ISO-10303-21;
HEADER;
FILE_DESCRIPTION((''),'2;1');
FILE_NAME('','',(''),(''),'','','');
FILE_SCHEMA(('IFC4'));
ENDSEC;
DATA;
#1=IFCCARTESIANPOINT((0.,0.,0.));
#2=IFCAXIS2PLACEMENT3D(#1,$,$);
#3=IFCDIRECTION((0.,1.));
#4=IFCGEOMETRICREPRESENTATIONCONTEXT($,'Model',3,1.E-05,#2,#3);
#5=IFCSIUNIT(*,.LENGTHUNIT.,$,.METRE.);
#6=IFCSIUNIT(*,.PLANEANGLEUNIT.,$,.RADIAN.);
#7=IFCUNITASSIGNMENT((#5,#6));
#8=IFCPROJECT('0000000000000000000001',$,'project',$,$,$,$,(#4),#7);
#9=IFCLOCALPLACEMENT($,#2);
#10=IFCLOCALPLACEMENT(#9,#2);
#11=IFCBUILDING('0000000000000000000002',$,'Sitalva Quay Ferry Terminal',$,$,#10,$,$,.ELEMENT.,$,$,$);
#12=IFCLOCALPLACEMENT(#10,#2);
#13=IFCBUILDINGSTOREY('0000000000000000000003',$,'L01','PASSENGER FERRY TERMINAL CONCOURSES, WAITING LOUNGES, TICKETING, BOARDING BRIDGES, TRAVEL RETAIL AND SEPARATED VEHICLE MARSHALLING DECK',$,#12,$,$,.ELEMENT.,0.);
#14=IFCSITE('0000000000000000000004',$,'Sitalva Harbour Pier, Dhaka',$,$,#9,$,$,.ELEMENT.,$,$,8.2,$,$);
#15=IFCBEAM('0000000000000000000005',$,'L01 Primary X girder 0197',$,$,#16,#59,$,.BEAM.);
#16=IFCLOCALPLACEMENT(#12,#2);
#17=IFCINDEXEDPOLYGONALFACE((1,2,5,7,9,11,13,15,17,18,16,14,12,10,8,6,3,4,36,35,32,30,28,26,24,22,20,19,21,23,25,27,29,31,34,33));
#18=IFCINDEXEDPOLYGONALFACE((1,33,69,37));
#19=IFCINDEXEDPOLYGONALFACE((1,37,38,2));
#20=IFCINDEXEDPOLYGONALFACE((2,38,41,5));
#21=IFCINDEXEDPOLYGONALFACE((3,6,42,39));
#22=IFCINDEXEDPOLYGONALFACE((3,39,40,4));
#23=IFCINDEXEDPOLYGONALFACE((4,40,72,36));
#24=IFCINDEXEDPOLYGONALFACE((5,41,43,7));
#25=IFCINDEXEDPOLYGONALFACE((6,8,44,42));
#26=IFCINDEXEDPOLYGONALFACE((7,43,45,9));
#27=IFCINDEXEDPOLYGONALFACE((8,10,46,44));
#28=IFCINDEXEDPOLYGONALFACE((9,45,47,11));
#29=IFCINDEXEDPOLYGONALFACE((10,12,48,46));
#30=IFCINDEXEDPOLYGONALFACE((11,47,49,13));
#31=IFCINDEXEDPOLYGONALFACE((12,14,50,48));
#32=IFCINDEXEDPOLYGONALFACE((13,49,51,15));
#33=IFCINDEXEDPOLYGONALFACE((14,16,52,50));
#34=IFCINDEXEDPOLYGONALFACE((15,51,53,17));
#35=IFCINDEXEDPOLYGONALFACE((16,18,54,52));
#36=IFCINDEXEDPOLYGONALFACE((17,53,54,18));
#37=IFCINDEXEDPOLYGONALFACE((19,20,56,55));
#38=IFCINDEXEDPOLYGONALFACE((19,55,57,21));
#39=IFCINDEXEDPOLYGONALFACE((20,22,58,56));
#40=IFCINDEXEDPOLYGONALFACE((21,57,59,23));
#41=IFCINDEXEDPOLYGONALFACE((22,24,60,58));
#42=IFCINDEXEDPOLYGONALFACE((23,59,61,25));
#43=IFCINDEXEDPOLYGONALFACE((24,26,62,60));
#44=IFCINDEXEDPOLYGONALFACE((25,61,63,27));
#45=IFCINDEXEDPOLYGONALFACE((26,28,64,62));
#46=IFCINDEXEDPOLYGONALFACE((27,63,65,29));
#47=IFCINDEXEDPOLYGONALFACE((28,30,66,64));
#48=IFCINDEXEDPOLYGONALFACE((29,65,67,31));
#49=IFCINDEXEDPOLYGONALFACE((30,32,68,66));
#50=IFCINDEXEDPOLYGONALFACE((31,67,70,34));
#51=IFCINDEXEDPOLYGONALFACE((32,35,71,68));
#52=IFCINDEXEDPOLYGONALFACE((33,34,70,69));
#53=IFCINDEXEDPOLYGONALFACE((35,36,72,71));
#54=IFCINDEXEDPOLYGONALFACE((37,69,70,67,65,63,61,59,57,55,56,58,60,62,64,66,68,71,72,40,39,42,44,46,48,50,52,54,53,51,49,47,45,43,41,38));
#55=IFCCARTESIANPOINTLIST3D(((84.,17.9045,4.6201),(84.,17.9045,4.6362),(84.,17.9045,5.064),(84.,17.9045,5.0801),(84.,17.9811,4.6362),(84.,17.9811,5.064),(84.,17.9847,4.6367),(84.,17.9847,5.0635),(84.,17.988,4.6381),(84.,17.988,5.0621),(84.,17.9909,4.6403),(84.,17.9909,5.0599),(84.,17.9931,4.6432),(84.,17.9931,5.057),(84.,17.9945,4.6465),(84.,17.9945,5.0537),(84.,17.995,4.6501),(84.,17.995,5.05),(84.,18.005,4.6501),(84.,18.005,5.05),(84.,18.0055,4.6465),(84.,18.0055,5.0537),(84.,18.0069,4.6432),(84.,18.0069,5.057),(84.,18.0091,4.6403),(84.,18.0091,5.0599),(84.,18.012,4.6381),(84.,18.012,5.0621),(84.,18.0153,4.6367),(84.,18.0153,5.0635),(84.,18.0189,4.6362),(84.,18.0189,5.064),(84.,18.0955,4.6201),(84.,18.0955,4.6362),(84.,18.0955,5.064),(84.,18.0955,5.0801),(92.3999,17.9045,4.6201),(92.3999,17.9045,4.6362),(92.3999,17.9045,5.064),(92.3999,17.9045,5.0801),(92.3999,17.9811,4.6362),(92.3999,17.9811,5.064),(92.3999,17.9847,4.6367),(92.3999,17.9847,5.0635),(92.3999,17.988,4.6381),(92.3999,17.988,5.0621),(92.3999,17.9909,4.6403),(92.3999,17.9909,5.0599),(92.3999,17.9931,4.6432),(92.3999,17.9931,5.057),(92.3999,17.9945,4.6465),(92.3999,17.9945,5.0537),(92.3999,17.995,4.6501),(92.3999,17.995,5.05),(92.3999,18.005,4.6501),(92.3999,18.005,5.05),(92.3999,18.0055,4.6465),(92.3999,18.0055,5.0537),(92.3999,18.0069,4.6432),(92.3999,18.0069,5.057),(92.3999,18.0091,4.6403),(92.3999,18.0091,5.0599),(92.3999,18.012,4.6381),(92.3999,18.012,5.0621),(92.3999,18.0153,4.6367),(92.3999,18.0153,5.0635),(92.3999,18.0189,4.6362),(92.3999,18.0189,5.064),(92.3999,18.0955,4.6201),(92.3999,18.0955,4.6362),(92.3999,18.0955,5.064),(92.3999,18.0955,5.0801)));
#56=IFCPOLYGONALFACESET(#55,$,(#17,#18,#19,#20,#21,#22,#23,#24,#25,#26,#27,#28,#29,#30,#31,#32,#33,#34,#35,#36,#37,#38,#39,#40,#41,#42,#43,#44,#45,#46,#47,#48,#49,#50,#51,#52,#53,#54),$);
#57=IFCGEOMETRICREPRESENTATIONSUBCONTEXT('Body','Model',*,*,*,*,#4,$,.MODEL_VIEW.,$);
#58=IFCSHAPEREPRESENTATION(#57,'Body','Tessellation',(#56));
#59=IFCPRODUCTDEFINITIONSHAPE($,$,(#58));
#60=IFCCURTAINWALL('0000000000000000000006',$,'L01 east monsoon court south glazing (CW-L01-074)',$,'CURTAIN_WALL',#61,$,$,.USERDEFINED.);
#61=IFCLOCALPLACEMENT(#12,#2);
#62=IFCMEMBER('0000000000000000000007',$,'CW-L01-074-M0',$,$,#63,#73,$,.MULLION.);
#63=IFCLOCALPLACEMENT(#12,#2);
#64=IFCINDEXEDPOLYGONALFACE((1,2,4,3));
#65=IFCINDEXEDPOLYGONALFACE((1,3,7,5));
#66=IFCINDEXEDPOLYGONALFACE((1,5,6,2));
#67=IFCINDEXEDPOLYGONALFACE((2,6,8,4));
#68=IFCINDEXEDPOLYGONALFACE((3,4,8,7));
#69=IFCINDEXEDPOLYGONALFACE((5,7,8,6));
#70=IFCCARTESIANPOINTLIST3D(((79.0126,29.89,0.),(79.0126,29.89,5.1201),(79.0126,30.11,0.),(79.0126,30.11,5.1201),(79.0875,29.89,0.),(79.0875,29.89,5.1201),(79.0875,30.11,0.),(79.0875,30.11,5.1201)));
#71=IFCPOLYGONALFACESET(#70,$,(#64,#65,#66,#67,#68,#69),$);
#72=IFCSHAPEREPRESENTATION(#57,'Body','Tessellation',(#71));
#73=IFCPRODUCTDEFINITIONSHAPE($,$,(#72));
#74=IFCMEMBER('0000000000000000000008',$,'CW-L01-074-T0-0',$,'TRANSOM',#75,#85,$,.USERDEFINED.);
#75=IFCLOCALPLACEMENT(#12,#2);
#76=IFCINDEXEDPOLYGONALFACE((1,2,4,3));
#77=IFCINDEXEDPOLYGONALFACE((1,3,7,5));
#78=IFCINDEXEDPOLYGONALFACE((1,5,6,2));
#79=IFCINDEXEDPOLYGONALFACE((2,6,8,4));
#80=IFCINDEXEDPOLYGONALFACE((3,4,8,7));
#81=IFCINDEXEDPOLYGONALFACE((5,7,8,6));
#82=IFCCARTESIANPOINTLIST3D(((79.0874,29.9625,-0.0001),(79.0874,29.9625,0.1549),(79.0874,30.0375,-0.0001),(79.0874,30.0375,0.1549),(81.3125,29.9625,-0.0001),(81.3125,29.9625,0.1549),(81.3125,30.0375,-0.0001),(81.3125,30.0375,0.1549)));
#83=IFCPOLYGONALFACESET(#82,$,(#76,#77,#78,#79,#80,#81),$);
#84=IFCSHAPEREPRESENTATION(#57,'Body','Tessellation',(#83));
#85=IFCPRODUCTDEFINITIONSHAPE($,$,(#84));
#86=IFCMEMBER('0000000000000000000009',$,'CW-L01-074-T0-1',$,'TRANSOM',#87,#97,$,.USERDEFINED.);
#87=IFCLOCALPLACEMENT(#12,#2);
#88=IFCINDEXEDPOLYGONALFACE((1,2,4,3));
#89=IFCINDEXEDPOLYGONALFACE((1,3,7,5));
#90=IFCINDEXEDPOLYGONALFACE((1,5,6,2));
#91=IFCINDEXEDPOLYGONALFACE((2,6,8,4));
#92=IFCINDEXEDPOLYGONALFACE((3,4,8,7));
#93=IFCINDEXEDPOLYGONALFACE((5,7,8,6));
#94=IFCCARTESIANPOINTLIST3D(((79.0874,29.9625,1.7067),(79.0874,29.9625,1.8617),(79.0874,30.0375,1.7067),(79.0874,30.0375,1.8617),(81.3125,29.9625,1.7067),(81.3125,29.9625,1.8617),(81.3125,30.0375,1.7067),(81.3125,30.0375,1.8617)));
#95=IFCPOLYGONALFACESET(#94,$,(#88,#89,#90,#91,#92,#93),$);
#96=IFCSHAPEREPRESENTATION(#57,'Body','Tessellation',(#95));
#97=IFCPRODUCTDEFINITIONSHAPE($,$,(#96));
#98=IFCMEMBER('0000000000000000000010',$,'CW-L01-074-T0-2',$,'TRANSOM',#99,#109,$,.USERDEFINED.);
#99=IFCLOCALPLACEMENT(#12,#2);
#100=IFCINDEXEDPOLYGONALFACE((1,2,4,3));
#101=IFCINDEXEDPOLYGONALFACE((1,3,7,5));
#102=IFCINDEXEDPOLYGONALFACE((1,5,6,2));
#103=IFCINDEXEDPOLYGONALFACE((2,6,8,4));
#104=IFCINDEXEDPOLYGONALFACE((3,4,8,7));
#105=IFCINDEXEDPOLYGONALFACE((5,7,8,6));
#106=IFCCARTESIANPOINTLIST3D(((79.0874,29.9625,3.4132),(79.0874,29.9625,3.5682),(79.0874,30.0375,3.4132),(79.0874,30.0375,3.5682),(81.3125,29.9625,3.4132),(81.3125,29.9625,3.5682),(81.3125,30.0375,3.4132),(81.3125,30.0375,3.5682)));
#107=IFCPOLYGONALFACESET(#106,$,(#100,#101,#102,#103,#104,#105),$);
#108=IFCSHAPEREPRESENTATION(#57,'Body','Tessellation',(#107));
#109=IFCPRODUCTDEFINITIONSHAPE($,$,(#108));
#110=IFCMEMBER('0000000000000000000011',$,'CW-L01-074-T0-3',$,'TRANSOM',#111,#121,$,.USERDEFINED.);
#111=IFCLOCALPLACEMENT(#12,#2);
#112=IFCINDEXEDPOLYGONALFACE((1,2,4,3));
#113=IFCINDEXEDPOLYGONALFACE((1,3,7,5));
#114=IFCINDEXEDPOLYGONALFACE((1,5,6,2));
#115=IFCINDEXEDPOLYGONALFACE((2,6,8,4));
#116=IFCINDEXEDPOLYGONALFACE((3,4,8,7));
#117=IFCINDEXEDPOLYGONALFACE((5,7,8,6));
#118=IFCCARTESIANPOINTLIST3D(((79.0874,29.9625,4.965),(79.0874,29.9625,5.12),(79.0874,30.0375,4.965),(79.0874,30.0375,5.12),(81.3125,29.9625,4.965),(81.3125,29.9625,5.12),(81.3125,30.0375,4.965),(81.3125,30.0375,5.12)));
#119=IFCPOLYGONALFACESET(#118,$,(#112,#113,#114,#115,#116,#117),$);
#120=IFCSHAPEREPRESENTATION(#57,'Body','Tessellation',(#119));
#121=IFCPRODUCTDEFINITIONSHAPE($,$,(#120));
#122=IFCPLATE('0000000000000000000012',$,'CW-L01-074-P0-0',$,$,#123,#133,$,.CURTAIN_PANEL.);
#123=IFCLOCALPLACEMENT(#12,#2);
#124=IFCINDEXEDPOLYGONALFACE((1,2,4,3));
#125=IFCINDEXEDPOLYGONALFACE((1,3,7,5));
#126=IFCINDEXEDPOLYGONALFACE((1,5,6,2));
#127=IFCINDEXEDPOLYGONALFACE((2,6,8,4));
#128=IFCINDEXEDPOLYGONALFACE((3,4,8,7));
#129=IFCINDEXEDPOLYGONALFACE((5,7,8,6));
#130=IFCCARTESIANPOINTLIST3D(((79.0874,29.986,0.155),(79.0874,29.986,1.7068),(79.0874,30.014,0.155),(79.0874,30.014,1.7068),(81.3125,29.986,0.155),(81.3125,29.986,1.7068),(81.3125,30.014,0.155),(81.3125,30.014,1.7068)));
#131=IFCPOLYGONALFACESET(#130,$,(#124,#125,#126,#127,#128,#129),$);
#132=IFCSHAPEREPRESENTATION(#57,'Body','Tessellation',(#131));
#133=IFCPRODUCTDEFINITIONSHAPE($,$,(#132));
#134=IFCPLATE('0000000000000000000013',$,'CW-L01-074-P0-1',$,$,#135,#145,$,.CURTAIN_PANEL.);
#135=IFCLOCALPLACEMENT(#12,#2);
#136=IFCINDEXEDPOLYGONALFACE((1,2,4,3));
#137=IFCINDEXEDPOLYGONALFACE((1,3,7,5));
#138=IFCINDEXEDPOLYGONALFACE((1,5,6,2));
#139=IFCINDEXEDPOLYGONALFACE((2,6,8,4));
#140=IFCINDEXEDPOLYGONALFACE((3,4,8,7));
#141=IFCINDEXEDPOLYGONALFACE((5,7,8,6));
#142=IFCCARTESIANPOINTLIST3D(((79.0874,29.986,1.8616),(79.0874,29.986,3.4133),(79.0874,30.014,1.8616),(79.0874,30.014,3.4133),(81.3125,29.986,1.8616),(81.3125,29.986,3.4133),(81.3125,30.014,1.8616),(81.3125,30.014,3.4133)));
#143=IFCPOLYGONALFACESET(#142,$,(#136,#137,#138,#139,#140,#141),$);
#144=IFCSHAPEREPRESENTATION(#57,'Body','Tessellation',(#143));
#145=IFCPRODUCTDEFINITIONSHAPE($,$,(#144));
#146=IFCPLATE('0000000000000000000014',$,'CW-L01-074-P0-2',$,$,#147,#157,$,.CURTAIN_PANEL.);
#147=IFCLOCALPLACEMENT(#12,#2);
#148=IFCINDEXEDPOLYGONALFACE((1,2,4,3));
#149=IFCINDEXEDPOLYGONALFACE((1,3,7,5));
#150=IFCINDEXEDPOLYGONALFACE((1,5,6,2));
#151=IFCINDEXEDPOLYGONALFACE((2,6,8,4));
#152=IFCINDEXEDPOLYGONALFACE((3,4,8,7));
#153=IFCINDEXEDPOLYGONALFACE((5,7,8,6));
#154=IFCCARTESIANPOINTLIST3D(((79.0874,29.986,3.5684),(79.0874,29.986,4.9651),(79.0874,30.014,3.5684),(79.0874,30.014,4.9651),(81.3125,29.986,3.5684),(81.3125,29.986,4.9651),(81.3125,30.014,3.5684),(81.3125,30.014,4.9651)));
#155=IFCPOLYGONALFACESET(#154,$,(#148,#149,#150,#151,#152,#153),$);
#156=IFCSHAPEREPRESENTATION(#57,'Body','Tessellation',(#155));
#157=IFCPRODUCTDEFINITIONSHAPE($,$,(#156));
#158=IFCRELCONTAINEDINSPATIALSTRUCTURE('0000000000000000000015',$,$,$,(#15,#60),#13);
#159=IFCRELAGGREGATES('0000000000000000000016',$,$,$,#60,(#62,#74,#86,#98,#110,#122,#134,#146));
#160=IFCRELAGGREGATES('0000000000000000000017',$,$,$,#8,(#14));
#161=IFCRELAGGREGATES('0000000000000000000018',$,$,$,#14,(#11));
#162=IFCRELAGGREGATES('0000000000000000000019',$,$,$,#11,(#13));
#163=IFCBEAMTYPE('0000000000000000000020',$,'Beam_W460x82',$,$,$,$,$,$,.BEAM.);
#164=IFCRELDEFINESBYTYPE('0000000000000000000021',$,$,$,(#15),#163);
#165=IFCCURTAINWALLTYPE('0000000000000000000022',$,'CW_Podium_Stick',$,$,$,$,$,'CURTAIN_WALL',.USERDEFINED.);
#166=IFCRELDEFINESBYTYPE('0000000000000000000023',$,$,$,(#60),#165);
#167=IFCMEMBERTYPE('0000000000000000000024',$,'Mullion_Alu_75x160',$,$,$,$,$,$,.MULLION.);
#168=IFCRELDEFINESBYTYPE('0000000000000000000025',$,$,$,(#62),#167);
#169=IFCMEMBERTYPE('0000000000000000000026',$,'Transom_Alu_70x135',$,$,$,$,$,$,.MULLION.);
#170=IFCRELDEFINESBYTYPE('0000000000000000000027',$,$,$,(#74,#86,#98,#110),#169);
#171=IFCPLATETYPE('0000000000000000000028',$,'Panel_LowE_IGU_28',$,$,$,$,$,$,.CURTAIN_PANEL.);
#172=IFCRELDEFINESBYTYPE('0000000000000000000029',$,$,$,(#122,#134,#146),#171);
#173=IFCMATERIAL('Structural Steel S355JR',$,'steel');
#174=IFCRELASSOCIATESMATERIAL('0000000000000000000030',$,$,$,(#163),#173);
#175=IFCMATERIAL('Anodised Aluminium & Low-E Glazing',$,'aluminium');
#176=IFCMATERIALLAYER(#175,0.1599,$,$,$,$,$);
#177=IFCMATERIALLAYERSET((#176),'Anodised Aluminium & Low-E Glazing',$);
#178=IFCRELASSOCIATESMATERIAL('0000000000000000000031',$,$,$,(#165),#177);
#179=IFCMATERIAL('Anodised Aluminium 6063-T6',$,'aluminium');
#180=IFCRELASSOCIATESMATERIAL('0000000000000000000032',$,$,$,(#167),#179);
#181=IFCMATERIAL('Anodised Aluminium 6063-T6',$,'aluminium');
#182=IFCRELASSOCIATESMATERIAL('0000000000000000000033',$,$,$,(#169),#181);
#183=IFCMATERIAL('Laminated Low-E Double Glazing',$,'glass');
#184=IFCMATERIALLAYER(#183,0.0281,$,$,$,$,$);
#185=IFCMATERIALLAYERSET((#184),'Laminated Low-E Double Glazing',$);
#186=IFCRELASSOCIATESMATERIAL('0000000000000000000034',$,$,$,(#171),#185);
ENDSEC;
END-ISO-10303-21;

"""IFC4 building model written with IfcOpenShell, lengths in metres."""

from ifc_helpers import new_model, si_unit, direction, frame, origin, origin_2d, place, context, subcontext, project, spatial, rectangle, i_section, extrude, material, layer, layer_set, material_profile, profile_set, type_object, element, aggregate, save


model = new_model("IFC4")

# Units and contexts
model_context = context("Model", 3, precision=1e-05, world=origin(), true_north=direction((0.0, 1.0)))
body_context = subcontext(model_context, "Body", "Model", "MODEL_VIEW")
ifc_project = project(units=[si_unit("LENGTHUNIT", "METRE"), si_unit("PLANEANGLEUNIT", "RADIAN")], contexts=[model_context])

# Site, building, storey
site_placement = place(None, origin())
site = spatial("IfcSite", under=ifc_project, at=site_placement, Name="Sitalva Harbour Pier, Dhaka", CompositionType="ELEMENT", RefElevation=8.2)
building_placement = place(site_placement, origin())
building = spatial("IfcBuilding", under=site, at=building_placement, Name="Sitalva Quay Ferry Terminal", CompositionType="ELEMENT")
storey_placement = place(building_placement, origin())
storey = spatial("IfcBuildingStorey", under=building, at=storey_placement, Name="L01", Description="PASSENGER FERRY TERMINAL CONCOURSES, WAITING LOUNGES, TICKETING, BOARDING BRIDGES, TRAVEL RETAIL AND SEPARATED VEHICLE MARSHALLING DECK", CompositionType="ELEMENT", Elevation=0.0)

# Beam
ifc_material_1 = material(Name="Structural Steel S355JR", Category="steel")
ifc_material_profile_1 = material_profile(ifc_material_1, i_section(OverallWidth=0.1909, OverallDepth=0.46, WebThickness=0.01, FlangeThickness=0.0161, FilletRadius=0.0139, at=origin_2d()), Name="W460x82")
ifc_profile_set_1 = profile_set([ifc_material_profile_1], Name="Structural Steel S355JR")
beam_type = type_object("IfcBeamType", Name="Beam_W460x82", PredefinedType="BEAM", material=ifc_profile_set_1)
beam_1_placement = place(storey_placement, frame((84.0, 18.0, 4.8501), z_axis=(1.0, 0.0, 0.0), x_axis=(0.0, 1.0, 0.0)))
element("IfcBeam", 1, at=beam_1_placement, inside=storey, type_object=beam_type, Name="L01 Primary X girder 0197", PredefinedType="BEAM", context=body_context, shape_type="SweptSolid", body=[
    extrude(i_section(OverallWidth=0.1909, OverallDepth=0.46, WebThickness=0.01, FlangeThickness=0.0161, FilletRadius=0.0139, at=origin_2d()), origin(), (0.0, 0.0, 1.0), 8.3999),
])

# Curtain wall, members, plates
ifc_material_2 = material(Name="Anodised Aluminium & Low-E Glazing", Category="aluminium")
ifc_layer_1 = layer(ifc_material_2, 0.1599)
ifc_layer_set_1 = layer_set([ifc_layer_1], Name="Anodised Aluminium & Low-E Glazing")
curtain_wall_type = type_object("IfcCurtainWallType", Name="CW_Podium_Stick", ElementType="CURTAIN_WALL", PredefinedType="USERDEFINED", material=ifc_layer_set_1)
curtain_wall_placement = place(storey_placement, origin())
curtain_wall = element("IfcCurtainWall", 2, at=curtain_wall_placement, inside=storey, type_object=curtain_wall_type, Name="L01 east monsoon court south glazing (CW-L01-074)", ObjectType="CURTAIN_WALL", PredefinedType="USERDEFINED")
ifc_material_3 = material(Name="Anodised Aluminium 6063-T6", Category="aluminium")
ifc_material_profile_2 = material_profile(ifc_material_3, rectangle(XDim=0.075, YDim=0.22, at=origin_2d()), Name="ALU75x220")
ifc_profile_set_2 = profile_set([ifc_material_profile_2], Name="Anodised Aluminium 6063-T6")
member_type_1 = type_object("IfcMemberType", Name="Mullion_Alu_75x160", PredefinedType="MULLION", material=ifc_profile_set_2)
member_1_placement = place(storey_placement, frame((79.05, 30.0, 0.0), z_axis=(0.0, 0.0, 1.0), x_axis=(1.0, 0.0, 0.0)))
member_1 = element("IfcMember", 3, at=member_1_placement, type_object=member_type_1, Name="CW-L01-074-M0", PredefinedType="MULLION", context=body_context, shape_type="SweptSolid", body=[
    extrude(rectangle(XDim=0.075, YDim=0.22, at=origin_2d()), origin(), (0.0, 0.0, 1.0), 5.1201),
])
ifc_material_4 = material(Name="Anodised Aluminium 6063-T6", Category="aluminium")
ifc_material_profile_3 = material_profile(ifc_material_4, rectangle(XDim=0.075, YDim=0.155, at=origin_2d()), Name="ALU75x155")
ifc_profile_set_3 = profile_set([ifc_material_profile_3], Name="Anodised Aluminium 6063-T6")
member_type_2 = type_object("IfcMemberType", Name="Transom_Alu_70x135", PredefinedType="MULLION", material=ifc_profile_set_3)
member_2_placement = place(storey_placement, frame((79.0874, 30.0, 0.0774), z_axis=(1.0, 0.0, 0.0), x_axis=(0.0, 1.0, 0.0)))
member_2 = element("IfcMember", 4, at=member_2_placement, type_object=member_type_2, Name="CW-L01-074-T0-0", ObjectType="TRANSOM", PredefinedType="USERDEFINED", context=body_context, shape_type="SweptSolid", body=[
    extrude(rectangle(XDim=0.075, YDim=0.155, at=origin_2d()), origin(), (0.0, 0.0, 1.0), 2.2251),
])
member_3_placement = place(storey_placement, frame((79.0874, 30.0, 1.7842), z_axis=(1.0, 0.0, 0.0), x_axis=(0.0, 1.0, 0.0)))
member_3 = element("IfcMember", 5, at=member_3_placement, type_object=member_type_2, Name="CW-L01-074-T0-1", ObjectType="TRANSOM", PredefinedType="USERDEFINED", context=body_context, shape_type="SweptSolid", body=[
    extrude(rectangle(XDim=0.075, YDim=0.155, at=origin_2d()), origin(), (0.0, 0.0, 1.0), 2.2251),
])
member_4_placement = place(storey_placement, frame((79.0874, 30.0, 3.4907), z_axis=(1.0, 0.0, 0.0), x_axis=(0.0, 1.0, 0.0)))
member_4 = element("IfcMember", 6, at=member_4_placement, type_object=member_type_2, Name="CW-L01-074-T0-2", ObjectType="TRANSOM", PredefinedType="USERDEFINED", context=body_context, shape_type="SweptSolid", body=[
    extrude(rectangle(XDim=0.075, YDim=0.155, at=origin_2d()), origin(), (0.0, 0.0, 1.0), 2.2251),
])
member_5_placement = place(storey_placement, frame((79.0874, 30.0, 5.0425), z_axis=(1.0, 0.0, 0.0), x_axis=(0.0, 1.0, 0.0)))
member_5 = element("IfcMember", 7, at=member_5_placement, type_object=member_type_2, Name="CW-L01-074-T0-3", ObjectType="TRANSOM", PredefinedType="USERDEFINED", context=body_context, shape_type="SweptSolid", body=[
    extrude(rectangle(XDim=0.075, YDim=0.155, at=origin_2d()), origin(), (0.0, 0.0, 1.0), 2.2251),
])
ifc_material_5 = material(Name="Laminated Low-E Double Glazing", Category="glass")
ifc_layer_2 = layer(ifc_material_5, 0.0281)
ifc_layer_set_2 = layer_set([ifc_layer_2], Name="Laminated Low-E Double Glazing")
plate_type = type_object("IfcPlateType", Name="Panel_LowE_IGU_28", PredefinedType="CURTAIN_PANEL", material=ifc_layer_set_2)
plate_1_placement = place(storey_placement, frame((80.2, 30.0, 0.155), z_axis=(0.0, 0.0, 1.0), x_axis=(1.0, 0.0, 0.0)))
plate_1 = element("IfcPlate", 8, at=plate_1_placement, type_object=plate_type, Name="CW-L01-074-P0-0", PredefinedType="CURTAIN_PANEL", context=body_context, shape_type="SweptSolid", body=[
    extrude(rectangle(XDim=2.2251, YDim=0.0281, at=origin_2d()), origin(), (0.0, 0.0, 1.0), 1.5518),
])
plate_2_placement = place(storey_placement, frame((80.2, 30.0, 1.8616), z_axis=(0.0, 0.0, 1.0), x_axis=(1.0, 0.0, 0.0)))
plate_2 = element("IfcPlate", 9, at=plate_2_placement, type_object=plate_type, Name="CW-L01-074-P0-1", PredefinedType="CURTAIN_PANEL", context=body_context, shape_type="SweptSolid", body=[
    extrude(rectangle(XDim=2.2251, YDim=0.0281, at=origin_2d()), origin(), (0.0, 0.0, 1.0), 1.5518),
])
plate_3_placement = place(storey_placement, frame((80.2, 30.0, 3.5684), z_axis=(0.0, 0.0, 1.0), x_axis=(1.0, 0.0, 0.0)))
plate_3 = element("IfcPlate", 10, at=plate_3_placement, type_object=plate_type, Name="CW-L01-074-P0-2", PredefinedType="CURTAIN_PANEL", context=body_context, shape_type="SweptSolid", body=[
    extrude(rectangle(XDim=2.2251, YDim=0.0281, at=origin_2d()), origin(), (0.0, 0.0, 1.0), 1.3967),
])
aggregate(curtain_wall, [member_1, member_2, member_3, member_4, member_5, plate_1, plate_2, plate_3])

save(model, "model.ifc")
